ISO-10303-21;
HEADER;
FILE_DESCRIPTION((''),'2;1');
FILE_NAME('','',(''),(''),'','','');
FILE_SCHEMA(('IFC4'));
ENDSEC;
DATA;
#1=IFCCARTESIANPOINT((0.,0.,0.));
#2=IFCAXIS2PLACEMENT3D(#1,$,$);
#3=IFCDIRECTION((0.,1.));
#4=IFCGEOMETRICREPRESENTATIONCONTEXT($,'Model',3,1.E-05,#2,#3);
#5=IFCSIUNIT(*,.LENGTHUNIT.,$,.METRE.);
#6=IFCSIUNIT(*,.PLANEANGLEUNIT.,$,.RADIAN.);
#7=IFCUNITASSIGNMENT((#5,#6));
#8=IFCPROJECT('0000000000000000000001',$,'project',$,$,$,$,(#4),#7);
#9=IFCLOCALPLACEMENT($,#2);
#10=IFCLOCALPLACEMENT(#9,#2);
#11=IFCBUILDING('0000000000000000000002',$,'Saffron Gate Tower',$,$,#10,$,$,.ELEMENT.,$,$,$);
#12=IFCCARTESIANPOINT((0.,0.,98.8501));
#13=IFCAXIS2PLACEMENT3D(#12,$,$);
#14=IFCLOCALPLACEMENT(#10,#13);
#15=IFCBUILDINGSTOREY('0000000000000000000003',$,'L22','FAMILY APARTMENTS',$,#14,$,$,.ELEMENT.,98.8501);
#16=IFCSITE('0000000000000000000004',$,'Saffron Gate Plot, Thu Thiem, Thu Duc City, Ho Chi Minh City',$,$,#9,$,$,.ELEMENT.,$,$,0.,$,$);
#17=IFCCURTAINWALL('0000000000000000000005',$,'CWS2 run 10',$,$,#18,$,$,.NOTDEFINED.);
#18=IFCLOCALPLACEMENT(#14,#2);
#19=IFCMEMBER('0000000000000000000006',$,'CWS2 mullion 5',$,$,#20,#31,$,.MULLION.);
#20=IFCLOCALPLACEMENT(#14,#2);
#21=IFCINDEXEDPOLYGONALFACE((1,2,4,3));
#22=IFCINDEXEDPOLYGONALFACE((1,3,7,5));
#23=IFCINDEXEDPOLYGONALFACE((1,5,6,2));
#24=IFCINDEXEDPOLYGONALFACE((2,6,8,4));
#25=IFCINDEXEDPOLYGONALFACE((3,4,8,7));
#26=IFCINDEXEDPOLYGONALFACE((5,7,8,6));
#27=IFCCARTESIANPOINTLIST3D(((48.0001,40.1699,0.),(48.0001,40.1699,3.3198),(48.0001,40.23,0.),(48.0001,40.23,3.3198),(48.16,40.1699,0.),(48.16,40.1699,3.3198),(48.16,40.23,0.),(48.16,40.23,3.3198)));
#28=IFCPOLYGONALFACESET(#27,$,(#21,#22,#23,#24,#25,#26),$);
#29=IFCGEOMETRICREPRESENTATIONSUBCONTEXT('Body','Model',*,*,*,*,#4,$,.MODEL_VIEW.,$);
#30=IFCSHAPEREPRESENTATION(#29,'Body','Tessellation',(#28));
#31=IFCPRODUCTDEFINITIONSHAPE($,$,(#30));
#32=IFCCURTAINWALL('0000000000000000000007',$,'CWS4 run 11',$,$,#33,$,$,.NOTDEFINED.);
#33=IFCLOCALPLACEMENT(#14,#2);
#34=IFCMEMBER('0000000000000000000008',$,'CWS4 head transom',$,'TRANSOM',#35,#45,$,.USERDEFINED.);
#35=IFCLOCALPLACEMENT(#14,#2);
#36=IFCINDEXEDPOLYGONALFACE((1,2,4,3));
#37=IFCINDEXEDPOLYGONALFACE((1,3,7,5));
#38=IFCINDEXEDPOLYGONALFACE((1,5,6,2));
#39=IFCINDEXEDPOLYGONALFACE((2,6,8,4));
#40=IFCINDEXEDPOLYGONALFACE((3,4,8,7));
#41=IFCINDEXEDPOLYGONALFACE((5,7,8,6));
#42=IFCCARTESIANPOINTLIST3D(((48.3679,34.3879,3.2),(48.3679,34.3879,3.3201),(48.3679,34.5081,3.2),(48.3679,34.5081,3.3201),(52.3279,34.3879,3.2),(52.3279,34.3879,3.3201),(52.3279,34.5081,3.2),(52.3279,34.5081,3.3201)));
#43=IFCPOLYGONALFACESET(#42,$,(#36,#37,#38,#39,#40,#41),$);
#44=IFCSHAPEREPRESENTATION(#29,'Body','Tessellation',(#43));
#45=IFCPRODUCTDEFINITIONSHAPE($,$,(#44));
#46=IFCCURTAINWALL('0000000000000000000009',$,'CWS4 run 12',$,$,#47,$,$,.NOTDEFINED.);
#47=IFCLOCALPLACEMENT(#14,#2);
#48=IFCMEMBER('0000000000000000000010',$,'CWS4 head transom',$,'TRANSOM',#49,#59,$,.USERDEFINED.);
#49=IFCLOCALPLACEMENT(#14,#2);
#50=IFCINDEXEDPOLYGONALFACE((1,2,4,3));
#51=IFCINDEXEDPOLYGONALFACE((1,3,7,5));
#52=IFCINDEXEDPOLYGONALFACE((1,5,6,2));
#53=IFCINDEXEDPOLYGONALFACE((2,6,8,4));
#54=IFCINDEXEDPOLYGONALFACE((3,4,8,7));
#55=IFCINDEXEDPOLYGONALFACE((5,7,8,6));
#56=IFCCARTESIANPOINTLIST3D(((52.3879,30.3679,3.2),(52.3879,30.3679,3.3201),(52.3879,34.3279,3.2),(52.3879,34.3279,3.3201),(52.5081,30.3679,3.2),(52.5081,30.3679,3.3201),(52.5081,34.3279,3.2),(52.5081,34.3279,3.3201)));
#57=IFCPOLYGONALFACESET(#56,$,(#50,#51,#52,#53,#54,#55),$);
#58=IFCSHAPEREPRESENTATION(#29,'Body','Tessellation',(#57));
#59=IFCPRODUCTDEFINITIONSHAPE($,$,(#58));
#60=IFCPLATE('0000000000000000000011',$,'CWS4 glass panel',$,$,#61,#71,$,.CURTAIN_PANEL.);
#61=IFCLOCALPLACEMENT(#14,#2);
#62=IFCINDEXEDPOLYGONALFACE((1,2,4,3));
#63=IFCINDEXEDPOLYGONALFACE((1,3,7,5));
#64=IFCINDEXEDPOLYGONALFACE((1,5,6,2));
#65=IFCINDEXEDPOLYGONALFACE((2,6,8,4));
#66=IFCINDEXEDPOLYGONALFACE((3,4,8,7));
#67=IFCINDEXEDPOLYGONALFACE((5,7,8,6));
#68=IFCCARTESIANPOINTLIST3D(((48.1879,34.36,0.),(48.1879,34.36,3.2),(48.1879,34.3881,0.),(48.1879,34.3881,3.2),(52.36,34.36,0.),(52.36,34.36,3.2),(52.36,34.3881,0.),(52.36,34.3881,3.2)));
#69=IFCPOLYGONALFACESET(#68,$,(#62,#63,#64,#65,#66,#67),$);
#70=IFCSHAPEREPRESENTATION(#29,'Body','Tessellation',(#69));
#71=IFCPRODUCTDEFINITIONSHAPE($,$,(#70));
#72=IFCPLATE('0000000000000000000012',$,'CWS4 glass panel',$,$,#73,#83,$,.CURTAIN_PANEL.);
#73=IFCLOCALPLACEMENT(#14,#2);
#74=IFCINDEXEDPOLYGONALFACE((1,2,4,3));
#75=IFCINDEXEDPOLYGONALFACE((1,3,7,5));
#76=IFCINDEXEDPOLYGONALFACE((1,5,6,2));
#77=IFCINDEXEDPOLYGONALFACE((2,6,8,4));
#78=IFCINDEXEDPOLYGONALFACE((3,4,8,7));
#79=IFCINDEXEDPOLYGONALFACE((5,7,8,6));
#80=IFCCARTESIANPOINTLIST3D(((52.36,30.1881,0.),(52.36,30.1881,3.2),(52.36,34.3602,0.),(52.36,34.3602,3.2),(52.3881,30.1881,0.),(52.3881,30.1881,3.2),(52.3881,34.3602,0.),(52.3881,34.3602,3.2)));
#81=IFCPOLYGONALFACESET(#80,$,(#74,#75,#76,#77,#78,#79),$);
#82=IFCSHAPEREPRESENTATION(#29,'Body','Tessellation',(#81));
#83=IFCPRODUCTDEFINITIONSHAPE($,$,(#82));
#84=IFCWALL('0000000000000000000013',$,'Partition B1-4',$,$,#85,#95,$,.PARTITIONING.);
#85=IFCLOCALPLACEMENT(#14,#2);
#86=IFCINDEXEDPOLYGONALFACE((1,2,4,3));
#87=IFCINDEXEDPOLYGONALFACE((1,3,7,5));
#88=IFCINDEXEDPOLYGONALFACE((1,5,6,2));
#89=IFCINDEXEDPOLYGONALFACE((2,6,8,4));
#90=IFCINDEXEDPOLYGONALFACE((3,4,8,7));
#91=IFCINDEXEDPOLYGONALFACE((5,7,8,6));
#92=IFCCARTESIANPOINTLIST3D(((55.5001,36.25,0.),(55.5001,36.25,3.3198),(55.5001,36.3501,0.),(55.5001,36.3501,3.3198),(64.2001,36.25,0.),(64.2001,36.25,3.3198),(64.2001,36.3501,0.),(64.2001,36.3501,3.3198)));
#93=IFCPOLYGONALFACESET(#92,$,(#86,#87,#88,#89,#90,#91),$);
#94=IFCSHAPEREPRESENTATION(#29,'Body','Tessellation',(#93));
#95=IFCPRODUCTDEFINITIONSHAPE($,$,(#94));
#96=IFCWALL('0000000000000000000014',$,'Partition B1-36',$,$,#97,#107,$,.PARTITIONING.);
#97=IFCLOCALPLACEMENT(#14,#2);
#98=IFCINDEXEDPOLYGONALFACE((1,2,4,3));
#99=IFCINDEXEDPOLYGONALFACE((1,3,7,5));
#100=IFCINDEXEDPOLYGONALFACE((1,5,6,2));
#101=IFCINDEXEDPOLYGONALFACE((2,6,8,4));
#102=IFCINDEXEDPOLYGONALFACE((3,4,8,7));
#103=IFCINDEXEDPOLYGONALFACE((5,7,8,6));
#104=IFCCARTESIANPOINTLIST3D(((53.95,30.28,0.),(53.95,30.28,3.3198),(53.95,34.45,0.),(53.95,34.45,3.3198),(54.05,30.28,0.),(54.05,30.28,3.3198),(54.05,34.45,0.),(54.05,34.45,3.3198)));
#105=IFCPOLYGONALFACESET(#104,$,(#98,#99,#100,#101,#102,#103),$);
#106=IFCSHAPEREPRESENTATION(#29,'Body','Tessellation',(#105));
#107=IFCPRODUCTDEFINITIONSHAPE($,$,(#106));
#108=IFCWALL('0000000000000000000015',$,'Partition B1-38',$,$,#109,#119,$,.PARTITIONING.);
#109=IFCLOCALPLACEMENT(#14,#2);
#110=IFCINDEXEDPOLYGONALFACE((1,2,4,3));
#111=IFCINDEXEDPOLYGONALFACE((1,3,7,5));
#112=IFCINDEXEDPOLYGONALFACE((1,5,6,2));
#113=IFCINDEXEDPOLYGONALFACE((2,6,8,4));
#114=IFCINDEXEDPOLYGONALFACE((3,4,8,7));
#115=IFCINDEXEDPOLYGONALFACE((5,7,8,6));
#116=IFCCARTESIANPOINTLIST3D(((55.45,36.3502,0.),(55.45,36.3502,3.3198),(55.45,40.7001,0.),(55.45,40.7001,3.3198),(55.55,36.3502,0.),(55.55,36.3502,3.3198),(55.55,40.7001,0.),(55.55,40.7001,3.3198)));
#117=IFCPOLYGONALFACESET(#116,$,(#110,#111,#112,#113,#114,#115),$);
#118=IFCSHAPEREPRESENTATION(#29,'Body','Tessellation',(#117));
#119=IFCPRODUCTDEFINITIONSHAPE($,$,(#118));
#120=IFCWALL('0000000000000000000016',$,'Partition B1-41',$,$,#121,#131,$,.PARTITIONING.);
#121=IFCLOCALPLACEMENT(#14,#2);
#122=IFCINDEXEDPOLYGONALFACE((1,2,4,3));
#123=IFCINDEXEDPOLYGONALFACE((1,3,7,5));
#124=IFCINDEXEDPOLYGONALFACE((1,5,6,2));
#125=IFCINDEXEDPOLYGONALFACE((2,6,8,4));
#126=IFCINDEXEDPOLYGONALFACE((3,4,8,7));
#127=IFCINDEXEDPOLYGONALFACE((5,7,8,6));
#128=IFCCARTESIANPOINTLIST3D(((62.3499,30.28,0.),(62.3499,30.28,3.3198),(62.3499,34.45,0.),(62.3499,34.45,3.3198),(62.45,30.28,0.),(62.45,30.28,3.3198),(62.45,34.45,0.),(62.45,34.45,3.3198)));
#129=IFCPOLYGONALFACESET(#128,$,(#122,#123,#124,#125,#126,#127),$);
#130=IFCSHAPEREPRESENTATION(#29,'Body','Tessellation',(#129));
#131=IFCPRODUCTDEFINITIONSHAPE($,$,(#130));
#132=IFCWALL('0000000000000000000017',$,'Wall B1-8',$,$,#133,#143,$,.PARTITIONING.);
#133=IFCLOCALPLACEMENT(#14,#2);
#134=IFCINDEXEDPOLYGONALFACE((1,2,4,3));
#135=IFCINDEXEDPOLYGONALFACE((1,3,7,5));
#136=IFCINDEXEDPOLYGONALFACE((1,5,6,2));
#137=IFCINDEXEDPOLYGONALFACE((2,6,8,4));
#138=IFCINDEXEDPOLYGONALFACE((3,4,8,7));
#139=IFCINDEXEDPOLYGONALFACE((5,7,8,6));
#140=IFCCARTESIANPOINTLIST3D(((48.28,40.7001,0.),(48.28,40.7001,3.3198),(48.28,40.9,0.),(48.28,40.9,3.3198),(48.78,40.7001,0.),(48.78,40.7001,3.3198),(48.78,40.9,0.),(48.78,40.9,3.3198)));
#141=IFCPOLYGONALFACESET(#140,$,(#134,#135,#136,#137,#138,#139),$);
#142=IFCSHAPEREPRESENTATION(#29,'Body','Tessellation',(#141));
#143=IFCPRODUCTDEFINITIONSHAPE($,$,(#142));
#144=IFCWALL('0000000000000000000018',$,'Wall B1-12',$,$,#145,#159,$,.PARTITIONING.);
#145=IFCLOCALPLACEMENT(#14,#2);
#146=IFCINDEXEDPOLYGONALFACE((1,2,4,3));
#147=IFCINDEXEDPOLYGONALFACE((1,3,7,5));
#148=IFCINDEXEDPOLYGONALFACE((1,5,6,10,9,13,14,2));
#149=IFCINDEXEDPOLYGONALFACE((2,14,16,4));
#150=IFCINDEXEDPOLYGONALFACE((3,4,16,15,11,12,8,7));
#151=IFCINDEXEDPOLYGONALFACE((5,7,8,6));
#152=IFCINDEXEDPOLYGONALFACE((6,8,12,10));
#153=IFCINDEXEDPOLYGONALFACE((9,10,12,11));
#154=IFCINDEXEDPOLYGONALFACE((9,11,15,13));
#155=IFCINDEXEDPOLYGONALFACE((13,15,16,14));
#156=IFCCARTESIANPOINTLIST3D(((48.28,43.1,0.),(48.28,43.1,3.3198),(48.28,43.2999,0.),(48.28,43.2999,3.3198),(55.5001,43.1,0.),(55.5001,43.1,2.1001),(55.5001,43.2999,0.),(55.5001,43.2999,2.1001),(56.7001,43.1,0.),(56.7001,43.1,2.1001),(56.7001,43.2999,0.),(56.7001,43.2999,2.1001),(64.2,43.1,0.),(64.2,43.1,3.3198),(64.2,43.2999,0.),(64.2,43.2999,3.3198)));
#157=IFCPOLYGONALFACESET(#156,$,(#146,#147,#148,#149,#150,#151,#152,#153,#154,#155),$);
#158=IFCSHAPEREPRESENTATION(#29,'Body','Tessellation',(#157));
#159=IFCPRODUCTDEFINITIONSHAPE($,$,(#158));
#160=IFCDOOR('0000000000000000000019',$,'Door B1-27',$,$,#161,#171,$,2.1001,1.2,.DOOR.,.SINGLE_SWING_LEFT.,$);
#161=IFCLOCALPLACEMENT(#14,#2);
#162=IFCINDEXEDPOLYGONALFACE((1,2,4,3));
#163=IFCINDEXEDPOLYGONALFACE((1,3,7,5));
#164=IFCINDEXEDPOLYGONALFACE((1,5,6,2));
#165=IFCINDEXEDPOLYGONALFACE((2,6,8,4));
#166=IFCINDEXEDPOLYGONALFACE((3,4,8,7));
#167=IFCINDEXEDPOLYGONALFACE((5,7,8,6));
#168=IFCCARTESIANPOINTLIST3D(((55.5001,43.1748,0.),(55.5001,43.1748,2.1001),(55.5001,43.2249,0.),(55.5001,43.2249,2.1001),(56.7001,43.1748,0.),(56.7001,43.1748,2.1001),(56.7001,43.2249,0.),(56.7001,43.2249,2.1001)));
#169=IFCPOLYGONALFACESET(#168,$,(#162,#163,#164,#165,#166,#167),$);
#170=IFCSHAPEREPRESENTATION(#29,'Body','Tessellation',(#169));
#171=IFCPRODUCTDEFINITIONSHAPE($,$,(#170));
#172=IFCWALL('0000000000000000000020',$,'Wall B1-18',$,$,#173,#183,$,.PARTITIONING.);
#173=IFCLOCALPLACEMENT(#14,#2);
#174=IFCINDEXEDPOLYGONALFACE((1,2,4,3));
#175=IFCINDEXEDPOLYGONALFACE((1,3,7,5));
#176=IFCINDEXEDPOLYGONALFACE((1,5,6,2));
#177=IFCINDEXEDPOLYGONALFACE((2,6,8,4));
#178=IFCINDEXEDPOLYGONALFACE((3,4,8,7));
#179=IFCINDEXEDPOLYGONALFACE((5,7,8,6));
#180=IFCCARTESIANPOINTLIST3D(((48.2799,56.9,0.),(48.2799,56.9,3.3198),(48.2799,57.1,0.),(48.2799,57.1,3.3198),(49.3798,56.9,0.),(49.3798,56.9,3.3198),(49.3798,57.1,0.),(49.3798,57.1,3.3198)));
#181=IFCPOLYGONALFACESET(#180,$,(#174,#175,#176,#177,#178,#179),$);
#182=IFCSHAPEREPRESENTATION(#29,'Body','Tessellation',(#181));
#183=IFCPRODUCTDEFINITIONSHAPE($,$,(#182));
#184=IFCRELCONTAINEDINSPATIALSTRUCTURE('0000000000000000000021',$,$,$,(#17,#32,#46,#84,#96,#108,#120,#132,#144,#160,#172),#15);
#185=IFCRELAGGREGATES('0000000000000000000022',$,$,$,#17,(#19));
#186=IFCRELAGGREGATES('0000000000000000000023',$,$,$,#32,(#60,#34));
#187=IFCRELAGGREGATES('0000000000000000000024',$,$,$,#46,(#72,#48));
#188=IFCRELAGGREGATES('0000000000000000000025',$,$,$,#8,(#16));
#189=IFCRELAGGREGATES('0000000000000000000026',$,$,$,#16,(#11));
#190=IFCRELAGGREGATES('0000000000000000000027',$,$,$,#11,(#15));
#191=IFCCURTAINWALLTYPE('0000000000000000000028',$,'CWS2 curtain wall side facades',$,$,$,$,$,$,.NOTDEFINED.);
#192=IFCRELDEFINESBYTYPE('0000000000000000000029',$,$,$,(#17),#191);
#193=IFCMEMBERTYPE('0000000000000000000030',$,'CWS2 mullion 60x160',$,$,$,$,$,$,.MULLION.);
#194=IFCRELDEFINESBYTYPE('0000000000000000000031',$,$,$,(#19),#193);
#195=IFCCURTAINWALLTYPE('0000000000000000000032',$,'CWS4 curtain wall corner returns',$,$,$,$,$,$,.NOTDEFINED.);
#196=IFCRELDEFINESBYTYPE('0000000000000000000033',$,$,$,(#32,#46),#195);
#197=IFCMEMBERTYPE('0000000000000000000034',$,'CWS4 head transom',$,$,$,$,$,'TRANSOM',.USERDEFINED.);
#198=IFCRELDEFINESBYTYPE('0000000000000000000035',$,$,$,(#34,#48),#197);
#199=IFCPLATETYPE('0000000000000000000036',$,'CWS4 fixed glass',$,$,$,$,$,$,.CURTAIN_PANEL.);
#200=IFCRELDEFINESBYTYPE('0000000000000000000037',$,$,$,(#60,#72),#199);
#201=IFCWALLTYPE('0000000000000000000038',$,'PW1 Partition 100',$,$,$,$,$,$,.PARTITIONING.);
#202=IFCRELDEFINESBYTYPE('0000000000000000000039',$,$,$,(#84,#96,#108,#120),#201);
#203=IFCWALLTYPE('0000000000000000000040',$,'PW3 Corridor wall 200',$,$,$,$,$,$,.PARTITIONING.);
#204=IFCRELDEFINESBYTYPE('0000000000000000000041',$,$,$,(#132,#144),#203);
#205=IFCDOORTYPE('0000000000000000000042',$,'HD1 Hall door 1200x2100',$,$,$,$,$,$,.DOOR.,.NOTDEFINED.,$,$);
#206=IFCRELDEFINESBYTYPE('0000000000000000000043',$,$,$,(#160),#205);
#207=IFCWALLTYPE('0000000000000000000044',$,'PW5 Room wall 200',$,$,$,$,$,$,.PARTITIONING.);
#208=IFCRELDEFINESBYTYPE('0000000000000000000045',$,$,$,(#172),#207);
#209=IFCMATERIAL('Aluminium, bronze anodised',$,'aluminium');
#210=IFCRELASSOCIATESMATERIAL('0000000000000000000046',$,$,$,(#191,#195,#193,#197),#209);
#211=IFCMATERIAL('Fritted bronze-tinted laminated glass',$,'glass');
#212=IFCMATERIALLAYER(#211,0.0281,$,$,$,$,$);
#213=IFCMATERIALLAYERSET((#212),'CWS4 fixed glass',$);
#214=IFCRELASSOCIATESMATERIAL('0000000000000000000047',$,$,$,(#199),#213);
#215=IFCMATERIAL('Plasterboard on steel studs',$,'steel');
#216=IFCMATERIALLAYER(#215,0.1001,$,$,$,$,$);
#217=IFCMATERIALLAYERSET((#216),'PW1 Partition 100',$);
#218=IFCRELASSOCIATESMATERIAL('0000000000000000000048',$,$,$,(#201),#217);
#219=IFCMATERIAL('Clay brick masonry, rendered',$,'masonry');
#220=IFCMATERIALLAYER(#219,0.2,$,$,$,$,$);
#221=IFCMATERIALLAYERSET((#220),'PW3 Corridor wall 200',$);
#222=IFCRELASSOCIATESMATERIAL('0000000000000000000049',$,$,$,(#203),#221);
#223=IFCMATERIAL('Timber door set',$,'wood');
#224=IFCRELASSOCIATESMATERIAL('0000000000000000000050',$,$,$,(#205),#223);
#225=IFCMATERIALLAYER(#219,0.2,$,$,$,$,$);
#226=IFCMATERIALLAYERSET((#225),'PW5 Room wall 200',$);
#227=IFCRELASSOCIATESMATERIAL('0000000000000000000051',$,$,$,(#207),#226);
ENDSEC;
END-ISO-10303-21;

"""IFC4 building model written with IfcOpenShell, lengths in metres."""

from ifc_helpers import new_model, si_unit, direction, frame, frame_2d, origin, origin_2d, place, context, subcontext, project, spatial, rectangle, extrude, material, layer, layer_set, material_profile, profile_set, type_object, element, fill, aggregate, save


model = new_model("IFC4")

# Units and contexts
model_context = context("Model", 3, precision=1e-05, world=origin(), true_north=direction((0.0, 1.0)))
body_context = subcontext(model_context, "Body", "Model", "MODEL_VIEW")
ifc_project = project(units=[si_unit("LENGTHUNIT", "METRE"), si_unit("PLANEANGLEUNIT", "RADIAN")], contexts=[model_context])

# Site, building, storey
site_placement = place(None, origin())
site = spatial("IfcSite", under=ifc_project, at=site_placement, Name="Saffron Gate Plot, Thu Thiem, Thu Duc City, Ho Chi Minh City", CompositionType="ELEMENT", RefElevation=0.0)
building_placement = place(site_placement, origin())
building = spatial("IfcBuilding", under=site, at=building_placement, Name="Saffron Gate Tower", CompositionType="ELEMENT")
storey_placement = place(building_placement, frame((0.0, 0.0, 98.8501)))
storey = spatial("IfcBuildingStorey", under=building, at=storey_placement, Name="L22", Description="FAMILY APARTMENTS", CompositionType="ELEMENT", Elevation=98.8501)

# Curtain wall, member
ifc_material_1 = material(Name="Aluminium, bronze anodised", Category="aluminium")
curtain_wall_type_1 = type_object("IfcCurtainWallType", Name="CWS2 curtain wall side facades", PredefinedType="NOTDEFINED", material=ifc_material_1)
curtain_wall_1_placement = place(storey_placement, origin())
curtain_wall_1 = element("IfcCurtainWall", 1, at=curtain_wall_1_placement, inside=storey, type_object=curtain_wall_type_1, Name="CWS2 run 10", PredefinedType="NOTDEFINED")
ifc_material_profile_1 = material_profile(ifc_material_1, rectangle(XDim=0.1599, YDim=0.0601, at=origin_2d()))
ifc_profile_set_1 = profile_set([ifc_material_profile_1], Name="Aluminium, bronze anodised")
member_type_1 = type_object("IfcMemberType", Name="CWS2 mullion 60x160", PredefinedType="MULLION", material=ifc_profile_set_1)
member_1_placement = place(storey_placement, frame((48.0801, 40.2, 0.0), z_axis=(0.0, 0.0, 1.0), x_axis=(1.0, 0.0, 0.0)))
member_1 = element("IfcMember", 2, at=member_1_placement, type_object=member_type_1, Name="CWS2 mullion 5", PredefinedType="MULLION", context=body_context, shape_type="SweptSolid", body=[
    extrude(rectangle(XDim=0.1599, YDim=0.0601, at=origin_2d()), origin(), (0.0, 0.0, 1.0), 3.3198),
])
aggregate(curtain_wall_1, [member_1])

# Curtain walls, members
curtain_wall_type_2 = type_object("IfcCurtainWallType", Name="CWS4 curtain wall corner returns", PredefinedType="NOTDEFINED", material=ifc_material_1)
curtain_wall_2_placement = place(storey_placement, origin())
curtain_wall_2 = element("IfcCurtainWall", 3, at=curtain_wall_2_placement, inside=storey, type_object=curtain_wall_type_2, Name="CWS4 run 11", PredefinedType="NOTDEFINED")
ifc_material_profile_2 = material_profile(ifc_material_1, rectangle(XDim=0.1201, YDim=0.1201, at=origin_2d()))
ifc_profile_set_2 = profile_set([ifc_material_profile_2], Name="Aluminium, bronze anodised")
member_type_2 = type_object("IfcMemberType", Name="CWS4 head transom", ElementType="TRANSOM", PredefinedType="USERDEFINED", material=ifc_profile_set_2)
member_2_placement = place(storey_placement, frame((48.3679, 34.448, 3.26), z_axis=(1.0, 0.0, 0.0), x_axis=(0.0, 1.0, 0.0)))
member_2 = element("IfcMember", 4, at=member_2_placement, type_object=member_type_2, Name="CWS4 head transom", ObjectType="TRANSOM", PredefinedType="USERDEFINED", context=body_context, shape_type="SweptSolid", body=[
    extrude(rectangle(XDim=0.1201, YDim=0.1201, at=origin_2d()), origin(), (0.0, 0.0, 1.0), 3.96),
])
curtain_wall_3_placement = place(storey_placement, origin())
curtain_wall_3 = element("IfcCurtainWall", 5, at=curtain_wall_3_placement, inside=storey, type_object=curtain_wall_type_2, Name="CWS4 run 12", PredefinedType="NOTDEFINED")
member_3_placement = place(storey_placement, frame((52.448, 34.3279, 3.26), z_axis=(0.0, -1.0, 0.0), x_axis=(1.0, 0.0, 0.0)))
member_3 = element("IfcMember", 6, at=member_3_placement, type_object=member_type_2, Name="CWS4 head transom", ObjectType="TRANSOM", PredefinedType="USERDEFINED", context=body_context, shape_type="SweptSolid", body=[
    extrude(rectangle(XDim=0.1201, YDim=0.1201, at=origin_2d()), origin(), (0.0, 0.0, 1.0), 3.96),
])

# Plates
ifc_material_2 = material(Name="Fritted bronze-tinted laminated glass", Category="glass")
ifc_layer_1 = layer(ifc_material_2, 0.0281)
ifc_layer_set_1 = layer_set([ifc_layer_1], Name="CWS4 fixed glass")
plate_type = type_object("IfcPlateType", Name="CWS4 fixed glass", PredefinedType="CURTAIN_PANEL", material=ifc_layer_set_1)
plate_1_placement = place(storey_placement, frame((48.188, 34.374, 0.0), z_axis=(0.0, 0.0, 1.0), x_axis=(1.0, 0.0, 0.0)))
plate_1 = element("IfcPlate", 7, at=plate_1_placement, type_object=plate_type, Name="CWS4 glass panel", PredefinedType="CURTAIN_PANEL", context=body_context, shape_type="SweptSolid", body=[
    extrude(rectangle(XDim=4.1721, YDim=0.0281, at=frame_2d((2.0859, 0.0))), origin(), (0.0, 0.0, 1.0), 3.2),
])
aggregate(curtain_wall_2, [plate_1, member_2])
plate_2_placement = place(storey_placement, frame((52.374, 34.3601, 0.0), z_axis=(0.0, 0.0, 1.0), x_axis=(0.0, -1.0, 0.0)))
plate_2 = element("IfcPlate", 8, at=plate_2_placement, type_object=plate_type, Name="CWS4 glass panel", PredefinedType="CURTAIN_PANEL", context=body_context, shape_type="SweptSolid", body=[
    extrude(rectangle(XDim=4.1721, YDim=0.0281, at=frame_2d((2.0859, 0.0))), origin(), (0.0, 0.0, 1.0), 3.2),
])
aggregate(curtain_wall_3, [plate_2, member_3])

# Walls
ifc_material_3 = material(Name="Plasterboard on steel studs", Category="steel")
ifc_layer_2 = layer(ifc_material_3, 0.1001)
ifc_layer_set_2 = layer_set([ifc_layer_2], Name="PW1 Partition 100")
wall_type_1 = type_object("IfcWallType", Name="PW1 Partition 100", PredefinedType="PARTITIONING", material=ifc_layer_set_2)
wall_1_placement = place(storey_placement, frame((55.5, 36.3, 0.0), z_axis=(0.0, 0.0, 1.0), x_axis=(1.0, 0.0, 0.0)))
element("IfcWall", 9, at=wall_1_placement, inside=storey, type_object=wall_type_1, Name="Partition B1-4", PredefinedType="PARTITIONING", context=body_context, shape_type="SweptSolid", body=[
    extrude(rectangle(XDim=8.7, YDim=0.1001, at=frame_2d((4.3501, 0.0))), origin(), (0.0, 0.0, 1.0), 3.3198),
])
wall_2_placement = place(storey_placement, frame((54.0, 34.45, 0.0), z_axis=(0.0, 0.0, 1.0), x_axis=(0.0, -1.0, 0.0)))
element("IfcWall", 10, at=wall_2_placement, inside=storey, type_object=wall_type_1, Name="Partition B1-36", PredefinedType="PARTITIONING", context=body_context, shape_type="SweptSolid", body=[
    extrude(rectangle(XDim=4.1699, YDim=0.1001, at=frame_2d((2.085, 0.0))), origin(), (0.0, 0.0, 1.0), 3.3198),
])
wall_3_placement = place(storey_placement, frame((55.5, 40.7, 0.0), z_axis=(0.0, 0.0, 1.0), x_axis=(0.0, -1.0, 0.0)))
element("IfcWall", 11, at=wall_3_placement, inside=storey, type_object=wall_type_1, Name="Partition B1-38", PredefinedType="PARTITIONING", context=body_context, shape_type="SweptSolid", body=[
    extrude(rectangle(XDim=4.3499, YDim=0.1001, at=frame_2d((2.1748, 0.0))), origin(), (0.0, 0.0, 1.0), 3.3198),
])
wall_4_placement = place(storey_placement, frame((62.3999, 34.45, 0.0), z_axis=(0.0, 0.0, 1.0), x_axis=(0.0, -1.0, 0.0)))
element("IfcWall", 12, at=wall_4_placement, inside=storey, type_object=wall_type_1, Name="Partition B1-41", PredefinedType="PARTITIONING", context=body_context, shape_type="SweptSolid", body=[
    extrude(rectangle(XDim=4.1699, YDim=0.1001, at=frame_2d((2.085, 0.0))), origin(), (0.0, 0.0, 1.0), 3.3198),
])
ifc_material_4 = material(Name="Clay brick masonry, rendered", Category="masonry")
ifc_layer_3 = layer(ifc_material_4, 0.2)
ifc_layer_set_3 = layer_set([ifc_layer_3], Name="PW3 Corridor wall 200")
wall_type_2 = type_object("IfcWallType", Name="PW3 Corridor wall 200", PredefinedType="PARTITIONING", material=ifc_layer_set_3)
wall_5_placement = place(storey_placement, frame((48.28, 40.8, 0.0), z_axis=(0.0, 0.0, 1.0), x_axis=(1.0, 0.0, 0.0)))
element("IfcWall", 13, at=wall_5_placement, inside=storey, type_object=wall_type_2, Name="Wall B1-8", PredefinedType="PARTITIONING", context=body_context, shape_type="SweptSolid", body=[
    extrude(rectangle(XDim=0.5, YDim=0.2, at=frame_2d((0.25, 0.0))), origin(), (0.0, 0.0, 1.0), 3.3198),
])

# Wall, opening, door
wall_6_placement = place(storey_placement, frame((48.28, 43.2, 0.0), z_axis=(0.0, 0.0, 1.0), x_axis=(1.0, 0.0, 0.0)))
wall_6 = element("IfcWall", 14, at=wall_6_placement, inside=storey, type_object=wall_type_2, Name="Wall B1-12", PredefinedType="PARTITIONING", context=body_context, shape_type="SweptSolid", body=[
    extrude(rectangle(XDim=15.9199, YDim=0.2, at=frame_2d((7.96, 0.0))), origin(), (0.0, 0.0, 1.0), 3.3198),
])
opening_placement = place(wall_6_placement, frame((7.22, 0.0, 0.0)))
opening = element("IfcOpeningElement", 15, at=opening_placement, cuts=wall_6, PredefinedType="OPENING", context=body_context, shape_type="SweptSolid", body=[
    extrude(rectangle(XDim=1.2, YDim=2.1001, at=frame_2d((0.6001, 1.05))), frame((0.0, 0.1099, 0.0), z_axis=(0.0, -1.0, 0.0), x_axis=(1.0, 0.0, 0.0)), (0.0, 0.0, 1.0), 0.22),
])
ifc_material_5 = material(Name="Timber door set", Category="wood")
door_type = type_object("IfcDoorType", Name="HD1 Hall door 1200x2100", OperationType="NOTDEFINED", PredefinedType="DOOR", material=ifc_material_5)
door_placement = place(opening_placement, origin())
door = element("IfcDoor", 16, at=door_placement, inside=storey, type_object=door_type, Name="Door B1-27", OperationType="SINGLE_SWING_LEFT", OverallHeight=2.1001, OverallWidth=1.2, PredefinedType="DOOR", context=body_context, shape_type="SweptSolid", body=[
    extrude(rectangle(XDim=1.2, YDim=2.1001, at=frame_2d((0.6001, 1.05))), frame((0.0, 0.0249, 0.0), z_axis=(0.0, -1.0, 0.0), x_axis=(1.0, 0.0, 0.0)), (0.0, 0.0, 1.0), 0.05),
])
fill(opening, door)

# Wall
ifc_layer_4 = layer(ifc_material_4, 0.2)
ifc_layer_set_4 = layer_set([ifc_layer_4], Name="PW5 Room wall 200")
wall_type_3 = type_object("IfcWallType", Name="PW5 Room wall 200", PredefinedType="PARTITIONING", material=ifc_layer_set_4)
wall_7_placement = place(storey_placement, frame((48.28, 57.0, 0.0), z_axis=(0.0, 0.0, 1.0), x_axis=(1.0, 0.0, 0.0)))
element("IfcWall", 17, at=wall_7_placement, inside=storey, type_object=wall_type_3, Name="Wall B1-18", PredefinedType="PARTITIONING", context=body_context, shape_type="SweptSolid", body=[
    extrude(rectangle(XDim=1.0999, YDim=0.2, at=frame_2d((0.5498, 0.0))), origin(), (0.0, 0.0, 1.0), 3.3198),
])

save(model, "model.ifc")
